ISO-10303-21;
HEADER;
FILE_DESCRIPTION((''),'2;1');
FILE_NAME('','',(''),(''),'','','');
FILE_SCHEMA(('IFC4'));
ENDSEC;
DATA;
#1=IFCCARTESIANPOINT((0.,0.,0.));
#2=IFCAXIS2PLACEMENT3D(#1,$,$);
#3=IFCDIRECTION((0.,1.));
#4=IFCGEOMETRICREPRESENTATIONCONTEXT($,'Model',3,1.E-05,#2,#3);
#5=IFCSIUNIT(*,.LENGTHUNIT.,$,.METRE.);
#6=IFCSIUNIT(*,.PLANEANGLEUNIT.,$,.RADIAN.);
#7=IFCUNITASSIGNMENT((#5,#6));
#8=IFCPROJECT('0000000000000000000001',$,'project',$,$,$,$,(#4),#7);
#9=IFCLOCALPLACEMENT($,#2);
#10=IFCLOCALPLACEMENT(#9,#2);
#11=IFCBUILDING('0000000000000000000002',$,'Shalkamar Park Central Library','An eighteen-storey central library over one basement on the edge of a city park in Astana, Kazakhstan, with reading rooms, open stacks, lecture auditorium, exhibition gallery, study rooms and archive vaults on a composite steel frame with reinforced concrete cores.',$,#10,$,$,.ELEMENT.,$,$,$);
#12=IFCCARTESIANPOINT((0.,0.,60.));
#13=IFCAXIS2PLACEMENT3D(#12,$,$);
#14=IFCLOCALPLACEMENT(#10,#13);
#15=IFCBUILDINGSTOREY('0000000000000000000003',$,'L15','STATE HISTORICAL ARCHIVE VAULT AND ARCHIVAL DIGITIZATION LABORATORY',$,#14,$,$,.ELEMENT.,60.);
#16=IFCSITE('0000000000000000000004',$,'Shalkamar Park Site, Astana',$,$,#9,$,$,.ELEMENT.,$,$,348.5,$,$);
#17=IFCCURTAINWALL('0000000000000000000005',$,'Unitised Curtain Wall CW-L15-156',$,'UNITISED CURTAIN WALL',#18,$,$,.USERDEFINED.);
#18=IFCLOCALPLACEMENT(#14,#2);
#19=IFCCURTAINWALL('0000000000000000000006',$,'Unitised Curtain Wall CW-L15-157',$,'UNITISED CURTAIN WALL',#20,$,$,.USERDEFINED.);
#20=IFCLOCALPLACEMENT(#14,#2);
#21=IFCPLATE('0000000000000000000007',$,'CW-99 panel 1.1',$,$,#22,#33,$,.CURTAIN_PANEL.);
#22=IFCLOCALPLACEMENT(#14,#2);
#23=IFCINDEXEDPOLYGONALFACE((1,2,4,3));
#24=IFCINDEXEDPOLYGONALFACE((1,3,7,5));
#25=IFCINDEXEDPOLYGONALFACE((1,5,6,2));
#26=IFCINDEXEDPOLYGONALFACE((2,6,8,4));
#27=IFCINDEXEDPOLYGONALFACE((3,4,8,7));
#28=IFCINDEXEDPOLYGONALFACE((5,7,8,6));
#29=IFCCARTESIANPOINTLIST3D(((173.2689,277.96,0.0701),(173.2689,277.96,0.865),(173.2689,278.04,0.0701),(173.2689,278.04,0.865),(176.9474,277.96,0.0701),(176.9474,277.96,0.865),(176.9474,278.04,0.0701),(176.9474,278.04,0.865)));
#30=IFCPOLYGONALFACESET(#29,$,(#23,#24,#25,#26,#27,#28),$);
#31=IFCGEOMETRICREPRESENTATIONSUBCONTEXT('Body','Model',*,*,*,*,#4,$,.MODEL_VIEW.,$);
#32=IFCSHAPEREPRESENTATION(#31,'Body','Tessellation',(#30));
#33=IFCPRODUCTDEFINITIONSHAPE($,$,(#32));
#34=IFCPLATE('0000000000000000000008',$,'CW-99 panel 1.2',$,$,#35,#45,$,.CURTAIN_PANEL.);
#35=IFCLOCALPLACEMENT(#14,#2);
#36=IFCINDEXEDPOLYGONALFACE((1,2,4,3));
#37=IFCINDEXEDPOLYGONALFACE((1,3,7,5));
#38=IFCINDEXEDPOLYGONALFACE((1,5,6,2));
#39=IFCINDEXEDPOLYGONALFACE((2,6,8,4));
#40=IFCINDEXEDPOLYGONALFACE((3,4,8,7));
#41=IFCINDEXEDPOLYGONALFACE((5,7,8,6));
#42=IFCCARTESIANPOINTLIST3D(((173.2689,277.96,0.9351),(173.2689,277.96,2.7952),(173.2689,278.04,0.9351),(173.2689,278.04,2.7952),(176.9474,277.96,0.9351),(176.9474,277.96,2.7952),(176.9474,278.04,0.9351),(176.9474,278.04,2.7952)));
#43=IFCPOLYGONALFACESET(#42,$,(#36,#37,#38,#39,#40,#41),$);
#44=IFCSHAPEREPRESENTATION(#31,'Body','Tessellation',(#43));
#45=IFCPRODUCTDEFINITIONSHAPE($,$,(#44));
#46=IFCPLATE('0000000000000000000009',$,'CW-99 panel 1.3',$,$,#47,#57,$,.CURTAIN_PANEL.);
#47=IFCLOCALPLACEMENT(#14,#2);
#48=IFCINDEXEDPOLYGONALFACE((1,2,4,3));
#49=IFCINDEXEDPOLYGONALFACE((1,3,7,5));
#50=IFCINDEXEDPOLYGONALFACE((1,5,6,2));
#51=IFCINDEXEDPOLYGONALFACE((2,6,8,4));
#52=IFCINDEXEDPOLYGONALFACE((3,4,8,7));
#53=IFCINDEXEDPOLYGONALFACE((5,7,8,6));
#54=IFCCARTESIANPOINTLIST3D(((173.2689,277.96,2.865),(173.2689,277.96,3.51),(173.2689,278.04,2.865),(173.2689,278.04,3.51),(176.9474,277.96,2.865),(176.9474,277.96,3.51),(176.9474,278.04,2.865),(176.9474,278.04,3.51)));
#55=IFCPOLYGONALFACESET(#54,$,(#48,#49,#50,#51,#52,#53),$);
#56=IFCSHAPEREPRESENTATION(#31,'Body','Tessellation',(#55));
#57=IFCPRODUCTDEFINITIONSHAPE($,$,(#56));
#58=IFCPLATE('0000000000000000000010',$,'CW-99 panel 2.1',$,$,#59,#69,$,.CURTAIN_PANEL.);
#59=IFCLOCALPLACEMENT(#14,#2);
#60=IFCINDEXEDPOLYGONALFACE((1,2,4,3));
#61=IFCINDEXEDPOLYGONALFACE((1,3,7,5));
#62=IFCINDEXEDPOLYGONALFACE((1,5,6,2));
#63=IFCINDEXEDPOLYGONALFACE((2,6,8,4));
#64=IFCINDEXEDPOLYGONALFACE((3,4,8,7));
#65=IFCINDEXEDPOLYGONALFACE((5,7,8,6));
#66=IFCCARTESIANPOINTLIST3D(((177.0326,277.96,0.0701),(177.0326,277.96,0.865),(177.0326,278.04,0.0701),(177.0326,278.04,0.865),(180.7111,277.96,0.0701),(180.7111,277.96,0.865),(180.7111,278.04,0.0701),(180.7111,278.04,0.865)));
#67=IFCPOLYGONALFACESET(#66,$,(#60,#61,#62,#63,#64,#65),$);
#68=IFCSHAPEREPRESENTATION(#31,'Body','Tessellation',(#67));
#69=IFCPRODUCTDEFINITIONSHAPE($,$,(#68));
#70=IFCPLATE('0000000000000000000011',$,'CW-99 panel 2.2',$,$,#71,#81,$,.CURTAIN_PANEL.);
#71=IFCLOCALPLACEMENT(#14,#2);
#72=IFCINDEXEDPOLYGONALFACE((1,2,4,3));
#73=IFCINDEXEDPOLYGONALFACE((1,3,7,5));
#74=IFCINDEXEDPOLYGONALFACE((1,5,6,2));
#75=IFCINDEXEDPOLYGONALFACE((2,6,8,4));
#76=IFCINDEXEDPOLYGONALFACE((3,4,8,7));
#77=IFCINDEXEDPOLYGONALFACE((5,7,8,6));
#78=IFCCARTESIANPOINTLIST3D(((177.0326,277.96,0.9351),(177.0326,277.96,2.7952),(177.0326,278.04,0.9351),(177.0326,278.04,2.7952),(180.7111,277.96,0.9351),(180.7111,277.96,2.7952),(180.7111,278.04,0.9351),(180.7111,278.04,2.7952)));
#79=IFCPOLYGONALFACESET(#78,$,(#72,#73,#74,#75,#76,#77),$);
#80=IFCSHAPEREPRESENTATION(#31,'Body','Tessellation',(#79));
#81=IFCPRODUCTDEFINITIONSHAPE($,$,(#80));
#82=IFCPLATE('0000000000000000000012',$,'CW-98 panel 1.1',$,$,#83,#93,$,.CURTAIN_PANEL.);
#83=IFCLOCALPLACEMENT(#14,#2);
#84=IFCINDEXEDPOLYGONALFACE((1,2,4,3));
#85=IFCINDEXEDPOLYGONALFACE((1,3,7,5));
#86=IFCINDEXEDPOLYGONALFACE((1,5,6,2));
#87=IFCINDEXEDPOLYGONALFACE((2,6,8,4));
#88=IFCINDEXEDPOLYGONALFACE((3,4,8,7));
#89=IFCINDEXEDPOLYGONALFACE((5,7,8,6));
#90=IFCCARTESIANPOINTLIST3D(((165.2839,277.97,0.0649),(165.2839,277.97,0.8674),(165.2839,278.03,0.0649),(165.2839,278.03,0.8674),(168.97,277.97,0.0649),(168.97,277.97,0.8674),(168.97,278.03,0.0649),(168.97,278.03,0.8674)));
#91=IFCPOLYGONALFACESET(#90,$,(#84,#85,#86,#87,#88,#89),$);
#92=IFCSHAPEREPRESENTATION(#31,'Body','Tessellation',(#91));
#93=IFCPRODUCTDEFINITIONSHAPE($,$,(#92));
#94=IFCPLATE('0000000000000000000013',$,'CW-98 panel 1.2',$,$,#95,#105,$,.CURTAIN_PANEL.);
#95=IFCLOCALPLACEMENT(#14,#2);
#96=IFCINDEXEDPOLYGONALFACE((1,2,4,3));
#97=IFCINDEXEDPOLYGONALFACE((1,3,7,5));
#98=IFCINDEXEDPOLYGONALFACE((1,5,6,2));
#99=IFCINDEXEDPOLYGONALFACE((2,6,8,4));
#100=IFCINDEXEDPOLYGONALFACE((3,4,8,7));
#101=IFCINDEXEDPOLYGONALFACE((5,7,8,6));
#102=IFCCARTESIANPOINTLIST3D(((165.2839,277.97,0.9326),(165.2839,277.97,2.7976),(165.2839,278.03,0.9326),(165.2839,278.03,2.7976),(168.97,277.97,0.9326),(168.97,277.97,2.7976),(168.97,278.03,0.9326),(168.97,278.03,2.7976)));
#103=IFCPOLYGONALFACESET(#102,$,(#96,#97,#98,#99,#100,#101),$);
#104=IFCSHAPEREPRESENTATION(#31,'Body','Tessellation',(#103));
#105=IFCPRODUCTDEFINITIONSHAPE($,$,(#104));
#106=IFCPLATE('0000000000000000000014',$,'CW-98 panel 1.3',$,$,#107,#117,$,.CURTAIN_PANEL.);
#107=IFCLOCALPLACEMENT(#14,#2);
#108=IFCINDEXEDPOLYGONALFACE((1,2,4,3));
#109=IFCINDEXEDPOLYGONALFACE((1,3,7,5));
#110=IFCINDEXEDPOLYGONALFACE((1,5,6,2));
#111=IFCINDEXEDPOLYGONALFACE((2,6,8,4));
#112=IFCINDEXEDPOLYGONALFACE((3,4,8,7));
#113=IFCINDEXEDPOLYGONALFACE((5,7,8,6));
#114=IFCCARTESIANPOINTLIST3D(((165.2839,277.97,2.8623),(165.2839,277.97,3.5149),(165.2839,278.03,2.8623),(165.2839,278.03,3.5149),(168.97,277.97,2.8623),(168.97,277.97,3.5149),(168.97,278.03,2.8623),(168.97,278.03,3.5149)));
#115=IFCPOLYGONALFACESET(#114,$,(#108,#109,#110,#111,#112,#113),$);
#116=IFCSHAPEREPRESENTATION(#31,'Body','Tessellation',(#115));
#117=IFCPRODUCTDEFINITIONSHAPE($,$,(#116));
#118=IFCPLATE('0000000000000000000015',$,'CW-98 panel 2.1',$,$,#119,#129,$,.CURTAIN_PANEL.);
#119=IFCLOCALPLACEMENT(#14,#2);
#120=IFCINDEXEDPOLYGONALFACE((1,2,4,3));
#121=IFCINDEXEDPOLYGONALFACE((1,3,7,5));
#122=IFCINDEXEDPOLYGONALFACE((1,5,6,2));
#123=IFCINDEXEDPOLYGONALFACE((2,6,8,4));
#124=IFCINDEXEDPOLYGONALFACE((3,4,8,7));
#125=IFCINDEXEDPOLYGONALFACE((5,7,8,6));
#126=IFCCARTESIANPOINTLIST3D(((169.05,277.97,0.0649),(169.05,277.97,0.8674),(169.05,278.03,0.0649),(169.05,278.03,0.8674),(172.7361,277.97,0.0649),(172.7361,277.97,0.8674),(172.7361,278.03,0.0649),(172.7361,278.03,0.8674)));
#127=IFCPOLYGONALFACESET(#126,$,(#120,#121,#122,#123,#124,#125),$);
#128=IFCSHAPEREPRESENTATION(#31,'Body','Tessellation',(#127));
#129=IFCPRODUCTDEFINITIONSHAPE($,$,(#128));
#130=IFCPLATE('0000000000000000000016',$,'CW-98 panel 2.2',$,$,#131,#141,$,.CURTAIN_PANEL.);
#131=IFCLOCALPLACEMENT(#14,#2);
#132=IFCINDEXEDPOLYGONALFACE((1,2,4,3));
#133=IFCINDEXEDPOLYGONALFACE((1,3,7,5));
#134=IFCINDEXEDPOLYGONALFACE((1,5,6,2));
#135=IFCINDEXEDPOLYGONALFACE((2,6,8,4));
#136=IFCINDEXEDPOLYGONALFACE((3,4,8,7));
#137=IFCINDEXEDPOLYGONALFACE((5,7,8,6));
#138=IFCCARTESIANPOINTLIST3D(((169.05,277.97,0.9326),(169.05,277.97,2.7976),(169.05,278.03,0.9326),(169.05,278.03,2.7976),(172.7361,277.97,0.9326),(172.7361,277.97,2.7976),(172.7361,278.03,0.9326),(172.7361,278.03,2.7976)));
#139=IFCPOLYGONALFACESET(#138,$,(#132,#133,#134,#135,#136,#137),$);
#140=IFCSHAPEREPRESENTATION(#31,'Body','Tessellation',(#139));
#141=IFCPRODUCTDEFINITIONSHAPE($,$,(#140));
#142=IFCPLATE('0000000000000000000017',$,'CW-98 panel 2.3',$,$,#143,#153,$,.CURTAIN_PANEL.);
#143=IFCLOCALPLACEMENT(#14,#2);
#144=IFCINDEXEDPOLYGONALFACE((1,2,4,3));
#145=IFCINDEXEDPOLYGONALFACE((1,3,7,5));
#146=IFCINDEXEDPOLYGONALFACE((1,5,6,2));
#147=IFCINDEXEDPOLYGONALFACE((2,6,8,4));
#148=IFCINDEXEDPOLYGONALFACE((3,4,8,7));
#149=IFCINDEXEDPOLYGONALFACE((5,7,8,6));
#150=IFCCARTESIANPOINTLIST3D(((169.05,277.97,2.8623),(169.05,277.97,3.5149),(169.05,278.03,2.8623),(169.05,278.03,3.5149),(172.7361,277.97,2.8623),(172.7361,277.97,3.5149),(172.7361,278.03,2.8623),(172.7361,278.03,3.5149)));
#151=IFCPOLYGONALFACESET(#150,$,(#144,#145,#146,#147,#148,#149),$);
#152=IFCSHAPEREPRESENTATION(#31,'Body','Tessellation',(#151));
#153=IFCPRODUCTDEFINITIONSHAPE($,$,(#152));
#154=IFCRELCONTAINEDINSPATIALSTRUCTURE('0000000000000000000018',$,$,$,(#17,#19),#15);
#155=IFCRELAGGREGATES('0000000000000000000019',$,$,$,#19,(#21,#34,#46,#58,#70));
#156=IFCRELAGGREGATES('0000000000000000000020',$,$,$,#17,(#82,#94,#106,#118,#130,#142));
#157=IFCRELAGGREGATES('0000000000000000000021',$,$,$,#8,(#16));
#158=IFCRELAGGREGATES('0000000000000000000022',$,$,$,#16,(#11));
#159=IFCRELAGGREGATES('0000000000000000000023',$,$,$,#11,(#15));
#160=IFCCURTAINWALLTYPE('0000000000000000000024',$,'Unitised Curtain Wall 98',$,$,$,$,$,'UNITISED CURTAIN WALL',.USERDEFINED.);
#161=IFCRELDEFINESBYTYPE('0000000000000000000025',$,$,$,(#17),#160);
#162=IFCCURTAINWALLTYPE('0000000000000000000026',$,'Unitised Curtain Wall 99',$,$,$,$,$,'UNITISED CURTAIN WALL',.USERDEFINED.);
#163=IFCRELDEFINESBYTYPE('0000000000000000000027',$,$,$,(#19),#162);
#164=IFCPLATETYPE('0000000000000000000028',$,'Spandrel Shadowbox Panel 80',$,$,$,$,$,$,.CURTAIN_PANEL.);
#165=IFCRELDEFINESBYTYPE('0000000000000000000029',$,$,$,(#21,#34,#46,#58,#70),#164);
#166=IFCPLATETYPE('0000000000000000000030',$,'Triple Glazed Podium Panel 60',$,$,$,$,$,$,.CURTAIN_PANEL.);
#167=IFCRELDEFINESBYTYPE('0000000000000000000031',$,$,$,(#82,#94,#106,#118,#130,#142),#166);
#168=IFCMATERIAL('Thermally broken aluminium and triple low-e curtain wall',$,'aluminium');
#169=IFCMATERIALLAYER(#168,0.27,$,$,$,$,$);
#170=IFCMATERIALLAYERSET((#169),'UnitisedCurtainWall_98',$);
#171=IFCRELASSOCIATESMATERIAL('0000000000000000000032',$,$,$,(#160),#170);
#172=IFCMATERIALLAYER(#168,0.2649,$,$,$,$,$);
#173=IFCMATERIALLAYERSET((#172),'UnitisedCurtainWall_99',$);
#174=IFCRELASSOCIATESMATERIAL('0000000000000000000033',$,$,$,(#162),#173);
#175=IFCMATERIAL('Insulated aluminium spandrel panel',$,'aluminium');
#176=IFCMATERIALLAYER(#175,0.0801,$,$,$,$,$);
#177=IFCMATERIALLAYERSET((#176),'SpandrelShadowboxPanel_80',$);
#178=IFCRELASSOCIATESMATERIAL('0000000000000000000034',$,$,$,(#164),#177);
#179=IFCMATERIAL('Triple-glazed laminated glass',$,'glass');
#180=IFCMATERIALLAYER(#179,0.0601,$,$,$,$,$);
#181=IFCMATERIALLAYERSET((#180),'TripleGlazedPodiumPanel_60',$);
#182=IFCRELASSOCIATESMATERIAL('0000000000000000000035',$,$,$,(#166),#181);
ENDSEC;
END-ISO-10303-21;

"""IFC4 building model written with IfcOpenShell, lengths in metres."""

from ifc_helpers import new_model, si_unit, direction, frame, origin, origin_2d, place, context, subcontext, project, spatial, rectangle, extrude, material, layer, layer_set, type_object, element, aggregate, save


model = new_model("IFC4")

# Units and contexts
model_context = context("Model", 3, precision=1e-05, world=origin(), true_north=direction((0.0, 1.0)))
body_context = subcontext(model_context, "Body", "Model", "MODEL_VIEW")
ifc_project = project(units=[si_unit("LENGTHUNIT", "METRE"), si_unit("PLANEANGLEUNIT", "RADIAN")], contexts=[model_context])

# Site, building, storey
site_placement = place(None, origin())
site = spatial("IfcSite", under=ifc_project, at=site_placement, Name="Shalkamar Park Site, Astana", CompositionType="ELEMENT", RefElevation=348.5)
building_placement = place(site_placement, origin())
building = spatial("IfcBuilding", under=site, at=building_placement, Name="Shalkamar Park Central Library", Description="An eighteen-storey central library over one basement on the edge of a city park in Astana, Kazakhstan, with reading rooms, open stacks, lecture auditorium, exhibition gallery, study rooms and archive vaults on a composite steel frame with reinforced concrete cores.", CompositionType="ELEMENT")
storey_placement = place(building_placement, frame((0.0, 0.0, 60.0)))
storey = spatial("IfcBuildingStorey", under=building, at=storey_placement, Name="L15", Description="STATE HISTORICAL ARCHIVE VAULT AND ARCHIVAL DIGITIZATION LABORATORY", CompositionType="ELEMENT", Elevation=60.0)

# Curtain walls
ifc_material_1 = material(Name="Thermally broken aluminium and triple low-e curtain wall", Category="aluminium")
ifc_layer_1 = layer(ifc_material_1, 0.27)
ifc_layer_set_1 = layer_set([ifc_layer_1], Name="UnitisedCurtainWall_98")
curtain_wall_type_1 = type_object("IfcCurtainWallType", Name="Unitised Curtain Wall 98", ElementType="UNITISED CURTAIN WALL", PredefinedType="USERDEFINED", material=ifc_layer_set_1)
curtain_wall_1_placement = place(storey_placement, origin())
curtain_wall_1 = element("IfcCurtainWall", 1, at=curtain_wall_1_placement, inside=storey, type_object=curtain_wall_type_1, Name="Unitised Curtain Wall CW-L15-156", ObjectType="UNITISED CURTAIN WALL", PredefinedType="USERDEFINED")
ifc_layer_2 = layer(ifc_material_1, 0.2649)
ifc_layer_set_2 = layer_set([ifc_layer_2], Name="UnitisedCurtainWall_99")
curtain_wall_type_2 = type_object("IfcCurtainWallType", Name="Unitised Curtain Wall 99", ElementType="UNITISED CURTAIN WALL", PredefinedType="USERDEFINED", material=ifc_layer_set_2)
curtain_wall_2_placement = place(storey_placement, origin())
curtain_wall_2 = element("IfcCurtainWall", 2, at=curtain_wall_2_placement, inside=storey, type_object=curtain_wall_type_2, Name="Unitised Curtain Wall CW-L15-157", ObjectType="UNITISED CURTAIN WALL", PredefinedType="USERDEFINED")

# Plates
ifc_material_2 = material(Name="Insulated aluminium spandrel panel", Category="aluminium")
ifc_layer_3 = layer(ifc_material_2, 0.0801)
ifc_layer_set_3 = layer_set([ifc_layer_3], Name="SpandrelShadowboxPanel_80")
plate_type_1 = type_object("IfcPlateType", Name="Spandrel Shadowbox Panel 80", PredefinedType="CURTAIN_PANEL", material=ifc_layer_set_3)
plate_1_placement = place(storey_placement, frame((175.1082, 278.0, 0.0701), z_axis=(0.0, 0.0, 1.0), x_axis=(1.0, 0.0, 0.0)))
plate_1 = element("IfcPlate", 3, at=plate_1_placement, type_object=plate_type_1, Name="CW-99 panel 1.1", PredefinedType="CURTAIN_PANEL", context=body_context, shape_type="SweptSolid", body=[
    extrude(rectangle(XDim=3.6785, YDim=0.0801, at=origin_2d()), origin(), (0.0, 0.0, 1.0), 0.7949),
])
plate_2_placement = place(storey_placement, frame((175.1082, 278.0, 0.9351), z_axis=(0.0, 0.0, 1.0), x_axis=(1.0, 0.0, 0.0)))
plate_2 = element("IfcPlate", 4, at=plate_2_placement, type_object=plate_type_1, Name="CW-99 panel 1.2", PredefinedType="CURTAIN_PANEL", context=body_context, shape_type="SweptSolid", body=[
    extrude(rectangle(XDim=3.6785, YDim=0.0801, at=origin_2d()), origin(), (0.0, 0.0, 1.0), 1.8601),
])
plate_3_placement = place(storey_placement, frame((175.1082, 278.0, 2.865), z_axis=(0.0, 0.0, 1.0), x_axis=(1.0, 0.0, 0.0)))
plate_3 = element("IfcPlate", 5, at=plate_3_placement, type_object=plate_type_1, Name="CW-99 panel 1.3", PredefinedType="CURTAIN_PANEL", context=body_context, shape_type="SweptSolid", body=[
    extrude(rectangle(XDim=3.6785, YDim=0.0801, at=origin_2d()), origin(), (0.0, 0.0, 1.0), 0.645),
])
plate_4_placement = place(storey_placement, frame((178.8718, 278.0, 0.0701), z_axis=(0.0, 0.0, 1.0), x_axis=(1.0, 0.0, 0.0)))
plate_4 = element("IfcPlate", 6, at=plate_4_placement, type_object=plate_type_1, Name="CW-99 panel 2.1", PredefinedType="CURTAIN_PANEL", context=body_context, shape_type="SweptSolid", body=[
    extrude(rectangle(XDim=3.6785, YDim=0.0801, at=origin_2d()), origin(), (0.0, 0.0, 1.0), 0.7949),
])
plate_5_placement = place(storey_placement, frame((178.8718, 278.0, 0.9351), z_axis=(0.0, 0.0, 1.0), x_axis=(1.0, 0.0, 0.0)))
plate_5 = element("IfcPlate", 7, at=plate_5_placement, type_object=plate_type_1, Name="CW-99 panel 2.2", PredefinedType="CURTAIN_PANEL", context=body_context, shape_type="SweptSolid", body=[
    extrude(rectangle(XDim=3.6785, YDim=0.0801, at=origin_2d()), origin(), (0.0, 0.0, 1.0), 1.8601),
])
aggregate(curtain_wall_2, [plate_1, plate_2, plate_3, plate_4, plate_5])
ifc_material_3 = material(Name="Triple-glazed laminated glass", Category="glass")
ifc_layer_4 = layer(ifc_material_3, 0.0601)
ifc_layer_set_4 = layer_set([ifc_layer_4], Name="TripleGlazedPodiumPanel_60")
plate_type_2 = type_object("IfcPlateType", Name="Triple Glazed Podium Panel 60", PredefinedType="CURTAIN_PANEL", material=ifc_layer_set_4)
plate_6_placement = place(storey_placement, frame((167.127, 278.0, 0.0649), z_axis=(0.0, 0.0, 1.0), x_axis=(1.0, 0.0, 0.0)))
plate_6 = element("IfcPlate", 8, at=plate_6_placement, type_object=plate_type_2, Name="CW-98 panel 1.1", PredefinedType="CURTAIN_PANEL", context=body_context, shape_type="SweptSolid", body=[
    extrude(rectangle(XDim=3.686, YDim=0.0601, at=origin_2d()), origin(), (0.0, 0.0, 1.0), 0.8025),
])
plate_7_placement = place(storey_placement, frame((167.127, 278.0, 0.9326), z_axis=(0.0, 0.0, 1.0), x_axis=(1.0, 0.0, 0.0)))
plate_7 = element("IfcPlate", 9, at=plate_7_placement, type_object=plate_type_2, Name="CW-98 panel 1.2", PredefinedType="CURTAIN_PANEL", context=body_context, shape_type="SweptSolid", body=[
    extrude(rectangle(XDim=3.686, YDim=0.0601, at=origin_2d()), origin(), (0.0, 0.0, 1.0), 1.865),
])
plate_8_placement = place(storey_placement, frame((167.127, 278.0, 2.8623), z_axis=(0.0, 0.0, 1.0), x_axis=(1.0, 0.0, 0.0)))
plate_8 = element("IfcPlate", 10, at=plate_8_placement, type_object=plate_type_2, Name="CW-98 panel 1.3", PredefinedType="CURTAIN_PANEL", context=body_context, shape_type="SweptSolid", body=[
    extrude(rectangle(XDim=3.686, YDim=0.0601, at=origin_2d()), origin(), (0.0, 0.0, 1.0), 0.6526),
])
plate_9_placement = place(storey_placement, frame((170.8931, 278.0, 0.0649), z_axis=(0.0, 0.0, 1.0), x_axis=(1.0, 0.0, 0.0)))
plate_9 = element("IfcPlate", 11, at=plate_9_placement, type_object=plate_type_2, Name="CW-98 panel 2.1", PredefinedType="CURTAIN_PANEL", context=body_context, shape_type="SweptSolid", body=[
    extrude(rectangle(XDim=3.686, YDim=0.0601, at=origin_2d()), origin(), (0.0, 0.0, 1.0), 0.8025),
])
plate_10_placement = place(storey_placement, frame((170.8931, 278.0, 0.9326), z_axis=(0.0, 0.0, 1.0), x_axis=(1.0, 0.0, 0.0)))
plate_10 = element("IfcPlate", 12, at=plate_10_placement, type_object=plate_type_2, Name="CW-98 panel 2.2", PredefinedType="CURTAIN_PANEL", context=body_context, shape_type="SweptSolid", body=[
    extrude(rectangle(XDim=3.686, YDim=0.0601, at=origin_2d()), origin(), (0.0, 0.0, 1.0), 1.865),
])
plate_11_placement = place(storey_placement, frame((170.8931, 278.0, 2.8623), z_axis=(0.0, 0.0, 1.0), x_axis=(1.0, 0.0, 0.0)))
plate_11 = element("IfcPlate", 13, at=plate_11_placement, type_object=plate_type_2, Name="CW-98 panel 2.3", PredefinedType="CURTAIN_PANEL", context=body_context, shape_type="SweptSolid", body=[
    extrude(rectangle(XDim=3.686, YDim=0.0601, at=origin_2d()), origin(), (0.0, 0.0, 1.0), 0.6526),
])
aggregate(curtain_wall_1, [plate_6, plate_7, plate_8, plate_9, plate_10, plate_11])

save(model, "model.ifc")
